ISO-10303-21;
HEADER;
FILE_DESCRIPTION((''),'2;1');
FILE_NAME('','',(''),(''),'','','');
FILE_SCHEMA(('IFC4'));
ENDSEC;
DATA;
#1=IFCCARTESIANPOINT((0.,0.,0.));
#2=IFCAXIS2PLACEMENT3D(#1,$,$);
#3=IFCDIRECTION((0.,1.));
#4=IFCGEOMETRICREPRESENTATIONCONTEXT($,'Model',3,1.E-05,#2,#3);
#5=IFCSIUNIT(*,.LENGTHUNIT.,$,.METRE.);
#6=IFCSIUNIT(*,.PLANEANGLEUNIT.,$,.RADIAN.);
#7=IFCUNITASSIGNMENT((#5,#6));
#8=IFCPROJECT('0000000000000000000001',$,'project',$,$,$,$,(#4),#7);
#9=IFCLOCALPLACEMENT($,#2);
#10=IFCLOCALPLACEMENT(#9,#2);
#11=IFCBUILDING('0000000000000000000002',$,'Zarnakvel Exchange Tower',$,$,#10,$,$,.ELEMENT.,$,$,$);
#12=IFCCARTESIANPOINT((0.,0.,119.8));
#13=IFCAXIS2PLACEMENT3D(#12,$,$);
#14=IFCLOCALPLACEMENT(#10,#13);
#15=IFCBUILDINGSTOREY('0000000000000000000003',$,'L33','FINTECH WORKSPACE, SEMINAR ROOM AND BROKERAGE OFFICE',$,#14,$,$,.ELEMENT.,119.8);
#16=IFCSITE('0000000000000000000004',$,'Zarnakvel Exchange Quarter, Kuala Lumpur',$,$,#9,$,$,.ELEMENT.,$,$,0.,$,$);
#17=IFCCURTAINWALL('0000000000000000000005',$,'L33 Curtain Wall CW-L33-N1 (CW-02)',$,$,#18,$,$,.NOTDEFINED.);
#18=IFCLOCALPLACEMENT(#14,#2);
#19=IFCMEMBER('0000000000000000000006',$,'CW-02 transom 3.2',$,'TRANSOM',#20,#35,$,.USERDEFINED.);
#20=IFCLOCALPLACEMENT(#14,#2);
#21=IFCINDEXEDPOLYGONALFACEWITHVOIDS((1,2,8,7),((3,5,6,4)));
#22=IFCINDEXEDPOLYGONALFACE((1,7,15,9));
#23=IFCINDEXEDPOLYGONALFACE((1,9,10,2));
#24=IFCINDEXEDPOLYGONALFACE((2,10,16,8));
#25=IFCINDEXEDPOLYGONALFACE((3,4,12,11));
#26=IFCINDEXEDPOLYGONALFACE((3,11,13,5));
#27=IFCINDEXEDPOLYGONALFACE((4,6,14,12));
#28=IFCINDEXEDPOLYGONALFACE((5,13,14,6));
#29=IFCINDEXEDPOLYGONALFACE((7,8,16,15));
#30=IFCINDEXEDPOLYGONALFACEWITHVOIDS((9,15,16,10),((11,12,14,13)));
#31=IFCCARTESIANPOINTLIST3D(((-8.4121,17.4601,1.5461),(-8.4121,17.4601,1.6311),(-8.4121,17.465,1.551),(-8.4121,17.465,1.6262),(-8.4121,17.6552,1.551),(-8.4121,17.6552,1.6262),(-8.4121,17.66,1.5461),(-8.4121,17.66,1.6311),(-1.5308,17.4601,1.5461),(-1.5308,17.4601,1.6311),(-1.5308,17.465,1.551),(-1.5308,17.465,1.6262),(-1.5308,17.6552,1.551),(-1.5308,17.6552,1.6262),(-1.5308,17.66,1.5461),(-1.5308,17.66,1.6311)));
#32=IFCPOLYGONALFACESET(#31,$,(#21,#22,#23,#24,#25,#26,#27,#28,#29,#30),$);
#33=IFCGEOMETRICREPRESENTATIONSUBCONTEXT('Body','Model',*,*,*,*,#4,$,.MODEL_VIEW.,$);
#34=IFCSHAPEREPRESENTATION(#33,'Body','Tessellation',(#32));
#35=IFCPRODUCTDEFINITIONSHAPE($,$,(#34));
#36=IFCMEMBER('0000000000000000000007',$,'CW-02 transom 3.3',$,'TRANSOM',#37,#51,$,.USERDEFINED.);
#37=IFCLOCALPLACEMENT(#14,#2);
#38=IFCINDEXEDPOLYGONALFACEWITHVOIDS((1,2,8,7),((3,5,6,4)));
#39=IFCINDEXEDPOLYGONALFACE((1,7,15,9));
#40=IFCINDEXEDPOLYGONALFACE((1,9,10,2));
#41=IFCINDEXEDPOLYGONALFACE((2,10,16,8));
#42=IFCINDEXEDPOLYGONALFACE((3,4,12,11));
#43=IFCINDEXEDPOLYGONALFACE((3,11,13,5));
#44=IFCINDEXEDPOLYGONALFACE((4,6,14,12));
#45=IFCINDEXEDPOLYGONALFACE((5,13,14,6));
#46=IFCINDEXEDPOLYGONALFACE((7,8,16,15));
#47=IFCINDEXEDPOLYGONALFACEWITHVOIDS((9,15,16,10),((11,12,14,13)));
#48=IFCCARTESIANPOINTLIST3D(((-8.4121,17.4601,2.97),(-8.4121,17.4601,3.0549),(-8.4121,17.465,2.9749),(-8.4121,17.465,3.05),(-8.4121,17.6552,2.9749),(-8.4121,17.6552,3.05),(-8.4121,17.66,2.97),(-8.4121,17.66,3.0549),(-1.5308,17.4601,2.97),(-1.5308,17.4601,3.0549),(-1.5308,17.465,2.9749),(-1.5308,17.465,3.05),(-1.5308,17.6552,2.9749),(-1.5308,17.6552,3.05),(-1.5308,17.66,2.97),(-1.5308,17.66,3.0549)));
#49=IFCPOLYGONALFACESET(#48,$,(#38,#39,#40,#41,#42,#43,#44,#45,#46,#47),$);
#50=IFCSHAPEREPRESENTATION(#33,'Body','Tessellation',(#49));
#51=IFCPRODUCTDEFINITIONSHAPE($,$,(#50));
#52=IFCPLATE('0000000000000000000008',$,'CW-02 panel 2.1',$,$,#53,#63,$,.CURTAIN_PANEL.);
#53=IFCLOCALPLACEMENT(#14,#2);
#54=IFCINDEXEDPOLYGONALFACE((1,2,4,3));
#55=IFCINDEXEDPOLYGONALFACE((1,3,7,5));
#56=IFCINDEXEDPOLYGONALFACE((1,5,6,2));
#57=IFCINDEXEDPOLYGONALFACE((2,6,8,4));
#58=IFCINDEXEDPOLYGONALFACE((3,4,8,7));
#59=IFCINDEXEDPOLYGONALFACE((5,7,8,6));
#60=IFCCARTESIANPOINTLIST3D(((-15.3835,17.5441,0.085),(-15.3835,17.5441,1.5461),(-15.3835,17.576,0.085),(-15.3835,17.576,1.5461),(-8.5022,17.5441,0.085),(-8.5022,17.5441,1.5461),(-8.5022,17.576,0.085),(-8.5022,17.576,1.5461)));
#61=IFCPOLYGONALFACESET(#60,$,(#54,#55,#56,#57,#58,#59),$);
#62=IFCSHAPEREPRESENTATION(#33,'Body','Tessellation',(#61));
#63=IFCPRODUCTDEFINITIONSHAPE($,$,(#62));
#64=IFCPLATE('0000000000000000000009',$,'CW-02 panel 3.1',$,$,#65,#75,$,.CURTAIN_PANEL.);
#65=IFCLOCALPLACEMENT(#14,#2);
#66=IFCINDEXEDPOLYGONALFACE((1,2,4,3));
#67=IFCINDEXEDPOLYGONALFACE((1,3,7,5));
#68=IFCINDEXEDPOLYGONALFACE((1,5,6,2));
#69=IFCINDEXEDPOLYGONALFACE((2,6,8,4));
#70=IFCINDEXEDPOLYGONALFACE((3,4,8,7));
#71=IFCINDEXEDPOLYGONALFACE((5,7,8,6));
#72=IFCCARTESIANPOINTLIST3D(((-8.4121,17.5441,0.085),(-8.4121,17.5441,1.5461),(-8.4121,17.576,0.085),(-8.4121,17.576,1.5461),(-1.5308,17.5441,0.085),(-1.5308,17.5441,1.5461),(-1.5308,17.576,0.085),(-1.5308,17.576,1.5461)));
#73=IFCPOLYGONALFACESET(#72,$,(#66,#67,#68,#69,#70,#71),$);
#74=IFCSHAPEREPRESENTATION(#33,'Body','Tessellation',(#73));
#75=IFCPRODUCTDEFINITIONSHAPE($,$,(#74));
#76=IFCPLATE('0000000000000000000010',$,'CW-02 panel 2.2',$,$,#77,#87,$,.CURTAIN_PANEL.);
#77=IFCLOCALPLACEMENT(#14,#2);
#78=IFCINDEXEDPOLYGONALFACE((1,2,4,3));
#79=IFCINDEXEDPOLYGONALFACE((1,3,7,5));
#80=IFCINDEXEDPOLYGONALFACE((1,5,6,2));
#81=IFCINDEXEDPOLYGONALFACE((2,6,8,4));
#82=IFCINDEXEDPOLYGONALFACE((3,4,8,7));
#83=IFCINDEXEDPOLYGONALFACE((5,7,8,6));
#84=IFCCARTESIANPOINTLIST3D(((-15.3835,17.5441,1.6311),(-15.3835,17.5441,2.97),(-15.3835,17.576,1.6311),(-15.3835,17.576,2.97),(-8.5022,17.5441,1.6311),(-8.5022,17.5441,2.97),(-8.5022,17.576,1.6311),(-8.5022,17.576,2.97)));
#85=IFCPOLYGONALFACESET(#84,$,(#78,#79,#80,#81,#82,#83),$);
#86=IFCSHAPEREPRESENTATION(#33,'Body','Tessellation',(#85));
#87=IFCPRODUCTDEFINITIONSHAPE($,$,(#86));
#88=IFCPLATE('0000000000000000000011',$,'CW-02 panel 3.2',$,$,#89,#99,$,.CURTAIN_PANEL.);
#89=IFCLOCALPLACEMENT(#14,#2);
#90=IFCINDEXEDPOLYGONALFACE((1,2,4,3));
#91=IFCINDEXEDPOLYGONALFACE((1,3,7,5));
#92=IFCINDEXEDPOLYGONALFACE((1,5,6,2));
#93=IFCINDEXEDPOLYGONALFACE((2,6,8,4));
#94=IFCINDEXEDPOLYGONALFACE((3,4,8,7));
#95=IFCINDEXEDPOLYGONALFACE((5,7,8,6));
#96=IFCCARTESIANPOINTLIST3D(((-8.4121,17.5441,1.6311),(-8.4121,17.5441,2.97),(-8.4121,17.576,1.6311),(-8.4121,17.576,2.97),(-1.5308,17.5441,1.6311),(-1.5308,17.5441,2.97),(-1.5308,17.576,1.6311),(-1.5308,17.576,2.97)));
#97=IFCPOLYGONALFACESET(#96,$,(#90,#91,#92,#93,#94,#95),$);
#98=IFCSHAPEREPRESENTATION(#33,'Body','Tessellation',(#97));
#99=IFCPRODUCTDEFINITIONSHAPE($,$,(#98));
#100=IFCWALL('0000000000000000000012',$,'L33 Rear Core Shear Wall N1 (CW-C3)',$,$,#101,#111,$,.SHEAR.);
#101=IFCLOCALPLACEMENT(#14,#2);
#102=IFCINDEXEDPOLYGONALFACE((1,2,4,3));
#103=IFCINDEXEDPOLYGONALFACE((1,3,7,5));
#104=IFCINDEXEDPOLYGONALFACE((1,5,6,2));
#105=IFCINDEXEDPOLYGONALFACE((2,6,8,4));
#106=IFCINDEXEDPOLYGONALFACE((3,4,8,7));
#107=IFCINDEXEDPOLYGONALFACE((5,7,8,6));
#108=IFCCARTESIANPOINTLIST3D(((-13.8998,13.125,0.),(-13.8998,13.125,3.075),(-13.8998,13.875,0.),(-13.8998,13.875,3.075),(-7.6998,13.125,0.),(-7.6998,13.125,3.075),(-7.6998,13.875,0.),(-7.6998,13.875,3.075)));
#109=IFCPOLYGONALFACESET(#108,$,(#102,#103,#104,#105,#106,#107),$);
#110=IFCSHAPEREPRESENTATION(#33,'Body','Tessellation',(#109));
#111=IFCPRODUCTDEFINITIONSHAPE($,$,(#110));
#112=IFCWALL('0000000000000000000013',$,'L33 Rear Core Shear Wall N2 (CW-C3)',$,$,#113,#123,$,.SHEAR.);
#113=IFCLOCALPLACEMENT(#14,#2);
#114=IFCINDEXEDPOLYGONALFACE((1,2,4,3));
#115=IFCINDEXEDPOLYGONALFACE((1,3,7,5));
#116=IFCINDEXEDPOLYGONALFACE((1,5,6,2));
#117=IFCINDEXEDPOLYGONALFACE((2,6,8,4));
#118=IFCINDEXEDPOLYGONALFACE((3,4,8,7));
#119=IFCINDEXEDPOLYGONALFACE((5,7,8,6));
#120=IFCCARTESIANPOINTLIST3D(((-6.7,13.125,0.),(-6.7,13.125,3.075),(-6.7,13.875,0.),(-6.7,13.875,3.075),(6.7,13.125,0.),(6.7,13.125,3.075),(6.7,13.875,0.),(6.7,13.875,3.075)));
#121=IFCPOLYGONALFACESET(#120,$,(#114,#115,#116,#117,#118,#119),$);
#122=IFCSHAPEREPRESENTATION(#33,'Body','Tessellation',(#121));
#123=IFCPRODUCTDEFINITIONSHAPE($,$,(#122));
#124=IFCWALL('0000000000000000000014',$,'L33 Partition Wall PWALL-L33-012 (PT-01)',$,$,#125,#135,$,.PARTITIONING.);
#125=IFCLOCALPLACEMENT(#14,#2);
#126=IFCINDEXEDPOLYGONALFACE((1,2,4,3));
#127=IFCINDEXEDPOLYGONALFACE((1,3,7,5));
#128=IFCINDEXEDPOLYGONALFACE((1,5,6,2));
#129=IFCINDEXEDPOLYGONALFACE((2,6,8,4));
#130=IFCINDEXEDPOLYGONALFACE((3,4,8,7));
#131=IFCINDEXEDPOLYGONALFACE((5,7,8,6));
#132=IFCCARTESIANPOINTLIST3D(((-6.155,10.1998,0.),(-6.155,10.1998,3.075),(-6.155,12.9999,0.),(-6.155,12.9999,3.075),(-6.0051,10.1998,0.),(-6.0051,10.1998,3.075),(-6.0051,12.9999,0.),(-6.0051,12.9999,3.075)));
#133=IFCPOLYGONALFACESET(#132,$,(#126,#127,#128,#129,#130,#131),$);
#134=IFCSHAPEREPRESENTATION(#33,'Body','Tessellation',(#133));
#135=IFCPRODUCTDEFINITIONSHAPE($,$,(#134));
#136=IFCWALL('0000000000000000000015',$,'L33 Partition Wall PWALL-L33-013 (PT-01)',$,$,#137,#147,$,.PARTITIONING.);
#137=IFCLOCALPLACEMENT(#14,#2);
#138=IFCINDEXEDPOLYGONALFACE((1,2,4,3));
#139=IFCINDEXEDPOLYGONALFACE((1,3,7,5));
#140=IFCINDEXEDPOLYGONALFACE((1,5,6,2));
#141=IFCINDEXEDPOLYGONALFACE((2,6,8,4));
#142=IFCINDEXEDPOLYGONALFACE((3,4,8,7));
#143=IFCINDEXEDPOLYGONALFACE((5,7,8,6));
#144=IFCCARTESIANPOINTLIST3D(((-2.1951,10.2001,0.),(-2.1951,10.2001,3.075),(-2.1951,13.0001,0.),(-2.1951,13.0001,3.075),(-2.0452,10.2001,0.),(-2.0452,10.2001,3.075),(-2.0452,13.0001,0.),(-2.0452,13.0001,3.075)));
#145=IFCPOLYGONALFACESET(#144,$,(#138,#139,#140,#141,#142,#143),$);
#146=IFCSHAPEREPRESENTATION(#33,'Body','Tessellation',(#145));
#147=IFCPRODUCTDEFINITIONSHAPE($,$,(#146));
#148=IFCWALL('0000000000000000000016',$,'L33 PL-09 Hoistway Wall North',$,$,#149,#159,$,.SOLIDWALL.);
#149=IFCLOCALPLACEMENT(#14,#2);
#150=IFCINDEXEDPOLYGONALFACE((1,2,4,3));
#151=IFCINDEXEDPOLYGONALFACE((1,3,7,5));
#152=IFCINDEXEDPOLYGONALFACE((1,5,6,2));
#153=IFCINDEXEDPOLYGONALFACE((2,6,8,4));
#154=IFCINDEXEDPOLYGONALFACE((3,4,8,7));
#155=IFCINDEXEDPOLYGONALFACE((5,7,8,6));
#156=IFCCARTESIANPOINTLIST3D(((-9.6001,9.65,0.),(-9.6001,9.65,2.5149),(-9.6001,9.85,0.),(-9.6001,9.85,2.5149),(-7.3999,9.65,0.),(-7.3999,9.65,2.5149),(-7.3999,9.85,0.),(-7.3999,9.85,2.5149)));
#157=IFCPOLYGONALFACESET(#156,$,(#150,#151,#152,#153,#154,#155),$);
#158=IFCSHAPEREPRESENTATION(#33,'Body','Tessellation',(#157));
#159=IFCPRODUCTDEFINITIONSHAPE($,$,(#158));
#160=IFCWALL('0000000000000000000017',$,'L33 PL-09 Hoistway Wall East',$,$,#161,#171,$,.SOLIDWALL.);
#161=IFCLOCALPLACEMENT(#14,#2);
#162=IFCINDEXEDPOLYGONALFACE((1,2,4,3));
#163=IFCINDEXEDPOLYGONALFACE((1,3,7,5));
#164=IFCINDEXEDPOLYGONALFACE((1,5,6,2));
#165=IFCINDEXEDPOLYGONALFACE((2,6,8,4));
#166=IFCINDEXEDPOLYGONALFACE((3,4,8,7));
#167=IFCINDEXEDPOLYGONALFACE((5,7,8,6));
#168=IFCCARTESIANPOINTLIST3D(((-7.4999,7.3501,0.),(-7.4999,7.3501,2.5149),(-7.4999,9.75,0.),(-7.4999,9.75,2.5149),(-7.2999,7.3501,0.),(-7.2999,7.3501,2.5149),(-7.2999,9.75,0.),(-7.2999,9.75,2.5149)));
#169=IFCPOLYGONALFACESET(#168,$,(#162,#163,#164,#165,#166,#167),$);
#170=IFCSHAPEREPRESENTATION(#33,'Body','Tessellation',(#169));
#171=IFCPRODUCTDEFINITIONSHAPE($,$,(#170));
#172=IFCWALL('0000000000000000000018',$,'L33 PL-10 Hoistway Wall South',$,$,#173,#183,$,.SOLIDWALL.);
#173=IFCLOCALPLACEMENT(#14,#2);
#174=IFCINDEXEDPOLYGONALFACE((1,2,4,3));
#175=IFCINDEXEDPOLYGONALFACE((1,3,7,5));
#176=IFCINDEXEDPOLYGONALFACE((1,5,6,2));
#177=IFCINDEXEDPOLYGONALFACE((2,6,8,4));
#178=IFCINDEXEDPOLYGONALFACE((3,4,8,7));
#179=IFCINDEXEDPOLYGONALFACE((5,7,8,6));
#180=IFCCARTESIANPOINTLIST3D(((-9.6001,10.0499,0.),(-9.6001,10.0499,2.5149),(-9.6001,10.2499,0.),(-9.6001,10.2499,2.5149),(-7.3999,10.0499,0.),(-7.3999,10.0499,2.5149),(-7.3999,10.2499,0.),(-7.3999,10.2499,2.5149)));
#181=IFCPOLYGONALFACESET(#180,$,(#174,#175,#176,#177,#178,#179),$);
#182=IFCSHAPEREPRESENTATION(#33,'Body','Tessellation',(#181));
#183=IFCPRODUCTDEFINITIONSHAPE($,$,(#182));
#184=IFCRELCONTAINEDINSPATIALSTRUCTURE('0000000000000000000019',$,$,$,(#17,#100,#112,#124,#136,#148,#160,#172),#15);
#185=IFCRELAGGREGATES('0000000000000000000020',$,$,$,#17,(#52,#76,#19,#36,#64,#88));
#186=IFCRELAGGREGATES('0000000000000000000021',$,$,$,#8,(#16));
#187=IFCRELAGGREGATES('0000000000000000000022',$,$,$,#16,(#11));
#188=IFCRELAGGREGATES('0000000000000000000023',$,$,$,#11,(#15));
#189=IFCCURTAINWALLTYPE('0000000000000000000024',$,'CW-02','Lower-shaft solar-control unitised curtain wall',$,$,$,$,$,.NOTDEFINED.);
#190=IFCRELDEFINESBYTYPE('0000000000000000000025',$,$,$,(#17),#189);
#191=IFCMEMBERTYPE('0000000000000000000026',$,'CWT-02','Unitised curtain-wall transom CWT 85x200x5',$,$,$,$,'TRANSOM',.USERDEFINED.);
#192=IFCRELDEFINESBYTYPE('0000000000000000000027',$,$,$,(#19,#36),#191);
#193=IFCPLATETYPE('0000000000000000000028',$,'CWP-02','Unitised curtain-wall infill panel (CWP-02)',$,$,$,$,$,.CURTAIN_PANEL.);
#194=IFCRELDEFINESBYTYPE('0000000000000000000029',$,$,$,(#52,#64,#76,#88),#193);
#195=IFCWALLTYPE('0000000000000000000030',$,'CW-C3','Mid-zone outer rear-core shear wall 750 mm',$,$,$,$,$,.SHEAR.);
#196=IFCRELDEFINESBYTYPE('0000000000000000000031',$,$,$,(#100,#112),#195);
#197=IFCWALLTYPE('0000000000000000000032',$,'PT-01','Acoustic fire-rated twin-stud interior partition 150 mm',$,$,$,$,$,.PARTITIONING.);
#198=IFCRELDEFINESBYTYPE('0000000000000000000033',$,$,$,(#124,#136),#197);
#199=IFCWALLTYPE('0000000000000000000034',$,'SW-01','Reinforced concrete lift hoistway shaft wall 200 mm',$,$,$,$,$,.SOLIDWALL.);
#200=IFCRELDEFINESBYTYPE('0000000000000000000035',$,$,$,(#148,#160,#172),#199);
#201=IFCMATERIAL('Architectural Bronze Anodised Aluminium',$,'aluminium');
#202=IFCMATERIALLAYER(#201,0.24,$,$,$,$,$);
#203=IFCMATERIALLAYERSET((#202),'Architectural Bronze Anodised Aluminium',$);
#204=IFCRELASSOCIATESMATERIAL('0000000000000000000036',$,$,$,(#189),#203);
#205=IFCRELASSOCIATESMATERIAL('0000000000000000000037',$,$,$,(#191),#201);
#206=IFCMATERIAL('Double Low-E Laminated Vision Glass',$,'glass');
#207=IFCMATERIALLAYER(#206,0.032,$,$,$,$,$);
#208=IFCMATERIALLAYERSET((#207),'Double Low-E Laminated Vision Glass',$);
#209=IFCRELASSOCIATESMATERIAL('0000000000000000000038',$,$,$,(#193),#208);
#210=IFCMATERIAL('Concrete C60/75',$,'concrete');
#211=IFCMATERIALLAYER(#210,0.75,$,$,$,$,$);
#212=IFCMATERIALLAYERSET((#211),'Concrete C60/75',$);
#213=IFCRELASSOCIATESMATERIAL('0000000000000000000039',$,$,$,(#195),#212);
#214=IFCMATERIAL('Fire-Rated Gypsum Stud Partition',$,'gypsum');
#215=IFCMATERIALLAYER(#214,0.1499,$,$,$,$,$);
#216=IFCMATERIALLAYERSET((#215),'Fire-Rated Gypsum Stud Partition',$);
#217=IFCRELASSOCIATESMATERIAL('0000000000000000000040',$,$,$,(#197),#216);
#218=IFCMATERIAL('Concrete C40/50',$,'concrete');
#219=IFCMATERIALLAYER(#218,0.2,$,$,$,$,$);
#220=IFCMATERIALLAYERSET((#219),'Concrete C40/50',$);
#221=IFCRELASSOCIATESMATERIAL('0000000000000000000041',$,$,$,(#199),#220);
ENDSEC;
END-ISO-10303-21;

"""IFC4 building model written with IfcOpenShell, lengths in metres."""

from ifc_helpers import new_model, si_unit, direction, frame, frame_2d, origin, origin_2d, place, context, subcontext, project, spatial, rectangle, hollow_rectangle, extrude, source, transform, mapped, material, layer, layer_set, material_profile, profile_set, type_object, element, aggregate, save


model = new_model("IFC4")

# Units and contexts
model_context = context("Model", 3, precision=1e-05, world=origin(), true_north=direction((0.0, 1.0)))
body_context = subcontext(model_context, "Body", "Model", "MODEL_VIEW")
ifc_project = project(units=[si_unit("LENGTHUNIT", "METRE"), si_unit("PLANEANGLEUNIT", "RADIAN")], contexts=[model_context])

# Site, building, storey
site_placement = place(None, origin())
site = spatial("IfcSite", under=ifc_project, at=site_placement, Name="Zarnakvel Exchange Quarter, Kuala Lumpur", CompositionType="ELEMENT", RefElevation=0.0)
building_placement = place(site_placement, origin())
building = spatial("IfcBuilding", under=site, at=building_placement, Name="Zarnakvel Exchange Tower", CompositionType="ELEMENT")
storey_placement = place(building_placement, frame((0.0, 0.0, 119.8)))
storey = spatial("IfcBuildingStorey", under=building, at=storey_placement, Name="L33", Description="FINTECH WORKSPACE, SEMINAR ROOM AND BROKERAGE OFFICE", CompositionType="ELEMENT", Elevation=119.8)

# Shared definitions
ifc_material_1 = material(Name="Concrete C60/75", Category="concrete")

# Curtain wall, members, plates
ifc_material_2 = material(Name="Architectural Bronze Anodised Aluminium", Category="aluminium")
ifc_layer_1 = layer(ifc_material_2, 0.24)
ifc_layer_set_1 = layer_set([ifc_layer_1], Name="Architectural Bronze Anodised Aluminium")
curtain_wall_type = type_object("IfcCurtainWallType", Name="CW-02", Description="Lower-shaft solar-control unitised curtain wall", PredefinedType="NOTDEFINED", material=ifc_layer_set_1)
curtain_wall_placement = place(storey_placement, origin())
curtain_wall = element("IfcCurtainWall", 1, at=curtain_wall_placement, inside=storey, type_object=curtain_wall_type, Name="L33 Curtain Wall CW-L33-N1 (CW-02)", PredefinedType="NOTDEFINED")
ifc_material_profile_1 = material_profile(ifc_material_2, hollow_rectangle(XDim=0.2, YDim=0.085, WallThickness=0.0049, at=origin_2d()))
ifc_profile_set_1 = profile_set([ifc_material_profile_1], Name="Architectural Bronze Anodised Aluminium")
member_type_1 = type_object("IfcMemberType", Name="CWT-02", Description="Unitised curtain-wall transom CWT 85x200x5", ElementType="TRANSOM", PredefinedType="USERDEFINED", material=ifc_profile_set_1)
shared_shape_1 = source(origin(), body_context, "Body", "SweptSolid", [
    extrude(hollow_rectangle(XDim=0.2, YDim=0.085, WallThickness=0.0049, at=origin_2d()), origin(), (0.0, 0.0, 1.0), 6.8813),
])
member_1_placement = place(storey_placement, frame((-8.4121, 17.5601, 1.5886), z_axis=(1.0, 0.0, 0.0), x_axis=(0.0, 1.0, 0.0)))
member_1 = element("IfcMember", 2, at=member_1_placement, type_object=member_type_1, Name="CW-02 transom 3.2", ObjectType="TRANSOM", PredefinedType="USERDEFINED", context=body_context, shape_type="MappedRepresentation", body=[
    mapped(shared_shape_1, transform((0.0, 0.0, 0.0), x_axis=(1.0, 0.0, 0.0), y_axis=(0.0, 1.0, 0.0), z_axis=(0.0, 0.0, 1.0), scale=1.0)),
])
member_2_placement = place(storey_placement, frame((-8.4121, 17.5601, 3.0125), z_axis=(1.0, 0.0, 0.0), x_axis=(0.0, 1.0, 0.0)))
member_2 = element("IfcMember", 3, at=member_2_placement, type_object=member_type_1, Name="CW-02 transom 3.3", ObjectType="TRANSOM", PredefinedType="USERDEFINED", context=body_context, shape_type="MappedRepresentation", body=[
    mapped(shared_shape_1, transform((0.0, 0.0, 0.0), x_axis=(1.0, 0.0, 0.0), y_axis=(0.0, 1.0, 0.0), z_axis=(0.0, 0.0, 1.0), scale=1.0)),
])
ifc_material_3 = material(Name="Double Low-E Laminated Vision Glass", Category="glass")
ifc_layer_2 = layer(ifc_material_3, 0.032)
ifc_layer_set_2 = layer_set([ifc_layer_2], Name="Double Low-E Laminated Vision Glass")
plate_type = type_object("IfcPlateType", Name="CWP-02", Description="Unitised curtain-wall infill panel (CWP-02)", PredefinedType="CURTAIN_PANEL", material=ifc_layer_set_2)
shared_shape_2 = source(origin(), body_context, "Body", "SweptSolid", [
    extrude(rectangle(XDim=6.8813, YDim=0.032, at=origin_2d()), origin(), (0.0, 0.0, 1.0), 1.4612),
])
plate_1_placement = place(storey_placement, frame((-11.9429, 17.5601, 0.085), z_axis=(0.0, 0.0, 1.0), x_axis=(1.0, 0.0, 0.0)))
plate_1 = element("IfcPlate", 4, at=plate_1_placement, type_object=plate_type, Name="CW-02 panel 2.1", PredefinedType="CURTAIN_PANEL", context=body_context, shape_type="MappedRepresentation", body=[
    mapped(shared_shape_2, transform((0.0, 0.0, 0.0), x_axis=(1.0, 0.0, 0.0), y_axis=(0.0, 1.0, 0.0), z_axis=(0.0, 0.0, 1.0), scale=1.0)),
])
plate_2_placement = place(storey_placement, frame((-4.9714, 17.5601, 0.085), z_axis=(0.0, 0.0, 1.0), x_axis=(1.0, 0.0, 0.0)))
plate_2 = element("IfcPlate", 5, at=plate_2_placement, type_object=plate_type, Name="CW-02 panel 3.1", PredefinedType="CURTAIN_PANEL", context=body_context, shape_type="MappedRepresentation", body=[
    mapped(shared_shape_2, transform((0.0, 0.0, 0.0), x_axis=(1.0, 0.0, 0.0), y_axis=(0.0, 1.0, 0.0), z_axis=(0.0, 0.0, 1.0), scale=1.0)),
])
shared_shape_3 = source(origin(), body_context, "Body", "SweptSolid", [
    extrude(rectangle(XDim=6.8813, YDim=0.032, at=origin_2d()), origin(), (0.0, 0.0, 1.0), 1.3389),
])
plate_3_placement = place(storey_placement, frame((-11.9429, 17.5601, 1.6311), z_axis=(0.0, 0.0, 1.0), x_axis=(1.0, 0.0, 0.0)))
plate_3 = element("IfcPlate", 6, at=plate_3_placement, type_object=plate_type, Name="CW-02 panel 2.2", PredefinedType="CURTAIN_PANEL", context=body_context, shape_type="MappedRepresentation", body=[
    mapped(shared_shape_3, transform((0.0, 0.0, 0.0), x_axis=(1.0, 0.0, 0.0), y_axis=(0.0, 1.0, 0.0), z_axis=(0.0, 0.0, 1.0), scale=1.0)),
])
plate_4_placement = place(storey_placement, frame((-4.9714, 17.5601, 1.6311), z_axis=(0.0, 0.0, 1.0), x_axis=(1.0, 0.0, 0.0)))
plate_4 = element("IfcPlate", 7, at=plate_4_placement, type_object=plate_type, Name="CW-02 panel 3.2", PredefinedType="CURTAIN_PANEL", context=body_context, shape_type="MappedRepresentation", body=[
    mapped(shared_shape_3, transform((0.0, 0.0, 0.0), x_axis=(1.0, 0.0, 0.0), y_axis=(0.0, 1.0, 0.0), z_axis=(0.0, 0.0, 1.0), scale=1.0)),
])
aggregate(curtain_wall, [plate_1, plate_3, member_1, member_2, plate_2, plate_4])

# Walls
ifc_layer_3 = layer(ifc_material_1, 0.75)
ifc_layer_set_3 = layer_set([ifc_layer_3], Name="Concrete C60/75")
wall_type_1 = type_object("IfcWallType", Name="CW-C3", Description="Mid-zone outer rear-core shear wall 750 mm", PredefinedType="SHEAR", material=ifc_layer_set_3)
wall_1_placement = place(storey_placement, frame((-13.8999, 13.5, 0.0), z_axis=(0.0, 0.0, 1.0), x_axis=(1.0, 0.0, 0.0)))
element("IfcWall", 8, at=wall_1_placement, inside=storey, type_object=wall_type_1, Name="L33 Rear Core Shear Wall N1 (CW-C3)", PredefinedType="SHEAR", context=body_context, shape_type="SweptSolid", body=[
    extrude(rectangle(XDim=6.2, YDim=0.75, at=frame_2d((3.1001, 0.0))), origin(), (0.0, 0.0, 1.0), 3.075),
])
wall_2_placement = place(storey_placement, frame((-6.7, 13.5, 0.0), z_axis=(0.0, 0.0, 1.0), x_axis=(1.0, 0.0, 0.0)))
element("IfcWall", 9, at=wall_2_placement, inside=storey, type_object=wall_type_1, Name="L33 Rear Core Shear Wall N2 (CW-C3)", PredefinedType="SHEAR", context=body_context, shape_type="SweptSolid", body=[
    extrude(rectangle(XDim=13.3999, YDim=0.75, at=frame_2d((6.7, 0.0))), origin(), (0.0, 0.0, 1.0), 3.075),
])

# Shared definitions
ifc_material_4 = material(Name="Fire-Rated Gypsum Stud Partition", Category="gypsum")
ifc_layer_4 = layer(ifc_material_4, 0.1499)
ifc_layer_set_4 = layer_set([ifc_layer_4], Name="Fire-Rated Gypsum Stud Partition")
wall_type_2 = type_object("IfcWallType", Name="PT-01", Description="Acoustic fire-rated twin-stud interior partition 150 mm", PredefinedType="PARTITIONING", material=ifc_layer_set_4)

# Walls
for number, where, z_axis, x_axis, name in (
    (10, (-6.0801, 10.2, 0.0), (0.0, 0.0, 1.0), (0.0, 1.0, 0.0), "L33 Partition Wall PWALL-L33-012 (PT-01)"),
    (11, (-2.1201, 13.0, 0.0), (0.0, 0.0, 1.0), (0.0, -1.0, 0.0), "L33 Partition Wall PWALL-L33-013 (PT-01)"),
):
    element("IfcWall", number, at=place(storey_placement, frame(where, z_axis=z_axis, x_axis=x_axis)), inside=storey, type_object=wall_type_2, Name=name, PredefinedType="PARTITIONING", context=body_context, shape_type="SweptSolid", body=[
        extrude(rectangle(XDim=2.8, YDim=0.1499, at=frame_2d((1.3999, 0.0))), origin(), (0.0, 0.0, 1.0), 3.075),
    ])
ifc_material_5 = material(Name="Concrete C40/50", Category="concrete")
ifc_layer_5 = layer(ifc_material_5, 0.2)
ifc_layer_set_5 = layer_set([ifc_layer_5], Name="Concrete C40/50")
wall_type_3 = type_object("IfcWallType", Name="SW-01", Description="Reinforced concrete lift hoistway shaft wall 200 mm", PredefinedType="SOLIDWALL", material=ifc_layer_set_5)
wall_3_placement = place(storey_placement, frame((-9.6001, 9.75, 0.0), z_axis=(0.0, 0.0, 1.0), x_axis=(1.0, 0.0, 0.0)))
element("IfcWall", 12, at=wall_3_placement, inside=storey, type_object=wall_type_3, Name="L33 PL-09 Hoistway Wall North", PredefinedType="SOLIDWALL", context=body_context, shape_type="SweptSolid", body=[
    extrude(rectangle(XDim=2.2002, YDim=0.2, at=frame_2d((1.1001, 0.0))), origin(), (0.0, 0.0, 1.0), 2.5149),
])
wall_4_placement = place(storey_placement, frame((-7.3999, 9.75, 0.0), z_axis=(0.0, 0.0, 1.0), x_axis=(0.0, -1.0, 0.0)))
element("IfcWall", 13, at=wall_4_placement, inside=storey, type_object=wall_type_3, Name="L33 PL-09 Hoistway Wall East", PredefinedType="SOLIDWALL", context=body_context, shape_type="SweptSolid", body=[
    extrude(rectangle(XDim=2.3999, YDim=0.2, at=frame_2d((1.2, 0.0))), origin(), (0.0, 0.0, 1.0), 2.5149),
])
for number, where, z_axis, x_axis, name in (
    (14, (-7.3999, 10.1499, 0.0), (0.0, 0.0, 1.0), (-1.0, 0.0, 0.0), "L33 PL-10 Hoistway Wall South"),
):
    element("IfcWall", number, at=place(storey_placement, frame(where, z_axis=z_axis, x_axis=x_axis)), inside=storey, type_object=wall_type_3, Name=name, PredefinedType="SOLIDWALL", context=body_context, shape_type="SweptSolid", body=[
        extrude(rectangle(XDim=2.2002, YDim=0.2, at=frame_2d((1.1001, 0.0))), origin(), (0.0, 0.0, 1.0), 2.5149),
    ])

save(model, "model.ifc")
